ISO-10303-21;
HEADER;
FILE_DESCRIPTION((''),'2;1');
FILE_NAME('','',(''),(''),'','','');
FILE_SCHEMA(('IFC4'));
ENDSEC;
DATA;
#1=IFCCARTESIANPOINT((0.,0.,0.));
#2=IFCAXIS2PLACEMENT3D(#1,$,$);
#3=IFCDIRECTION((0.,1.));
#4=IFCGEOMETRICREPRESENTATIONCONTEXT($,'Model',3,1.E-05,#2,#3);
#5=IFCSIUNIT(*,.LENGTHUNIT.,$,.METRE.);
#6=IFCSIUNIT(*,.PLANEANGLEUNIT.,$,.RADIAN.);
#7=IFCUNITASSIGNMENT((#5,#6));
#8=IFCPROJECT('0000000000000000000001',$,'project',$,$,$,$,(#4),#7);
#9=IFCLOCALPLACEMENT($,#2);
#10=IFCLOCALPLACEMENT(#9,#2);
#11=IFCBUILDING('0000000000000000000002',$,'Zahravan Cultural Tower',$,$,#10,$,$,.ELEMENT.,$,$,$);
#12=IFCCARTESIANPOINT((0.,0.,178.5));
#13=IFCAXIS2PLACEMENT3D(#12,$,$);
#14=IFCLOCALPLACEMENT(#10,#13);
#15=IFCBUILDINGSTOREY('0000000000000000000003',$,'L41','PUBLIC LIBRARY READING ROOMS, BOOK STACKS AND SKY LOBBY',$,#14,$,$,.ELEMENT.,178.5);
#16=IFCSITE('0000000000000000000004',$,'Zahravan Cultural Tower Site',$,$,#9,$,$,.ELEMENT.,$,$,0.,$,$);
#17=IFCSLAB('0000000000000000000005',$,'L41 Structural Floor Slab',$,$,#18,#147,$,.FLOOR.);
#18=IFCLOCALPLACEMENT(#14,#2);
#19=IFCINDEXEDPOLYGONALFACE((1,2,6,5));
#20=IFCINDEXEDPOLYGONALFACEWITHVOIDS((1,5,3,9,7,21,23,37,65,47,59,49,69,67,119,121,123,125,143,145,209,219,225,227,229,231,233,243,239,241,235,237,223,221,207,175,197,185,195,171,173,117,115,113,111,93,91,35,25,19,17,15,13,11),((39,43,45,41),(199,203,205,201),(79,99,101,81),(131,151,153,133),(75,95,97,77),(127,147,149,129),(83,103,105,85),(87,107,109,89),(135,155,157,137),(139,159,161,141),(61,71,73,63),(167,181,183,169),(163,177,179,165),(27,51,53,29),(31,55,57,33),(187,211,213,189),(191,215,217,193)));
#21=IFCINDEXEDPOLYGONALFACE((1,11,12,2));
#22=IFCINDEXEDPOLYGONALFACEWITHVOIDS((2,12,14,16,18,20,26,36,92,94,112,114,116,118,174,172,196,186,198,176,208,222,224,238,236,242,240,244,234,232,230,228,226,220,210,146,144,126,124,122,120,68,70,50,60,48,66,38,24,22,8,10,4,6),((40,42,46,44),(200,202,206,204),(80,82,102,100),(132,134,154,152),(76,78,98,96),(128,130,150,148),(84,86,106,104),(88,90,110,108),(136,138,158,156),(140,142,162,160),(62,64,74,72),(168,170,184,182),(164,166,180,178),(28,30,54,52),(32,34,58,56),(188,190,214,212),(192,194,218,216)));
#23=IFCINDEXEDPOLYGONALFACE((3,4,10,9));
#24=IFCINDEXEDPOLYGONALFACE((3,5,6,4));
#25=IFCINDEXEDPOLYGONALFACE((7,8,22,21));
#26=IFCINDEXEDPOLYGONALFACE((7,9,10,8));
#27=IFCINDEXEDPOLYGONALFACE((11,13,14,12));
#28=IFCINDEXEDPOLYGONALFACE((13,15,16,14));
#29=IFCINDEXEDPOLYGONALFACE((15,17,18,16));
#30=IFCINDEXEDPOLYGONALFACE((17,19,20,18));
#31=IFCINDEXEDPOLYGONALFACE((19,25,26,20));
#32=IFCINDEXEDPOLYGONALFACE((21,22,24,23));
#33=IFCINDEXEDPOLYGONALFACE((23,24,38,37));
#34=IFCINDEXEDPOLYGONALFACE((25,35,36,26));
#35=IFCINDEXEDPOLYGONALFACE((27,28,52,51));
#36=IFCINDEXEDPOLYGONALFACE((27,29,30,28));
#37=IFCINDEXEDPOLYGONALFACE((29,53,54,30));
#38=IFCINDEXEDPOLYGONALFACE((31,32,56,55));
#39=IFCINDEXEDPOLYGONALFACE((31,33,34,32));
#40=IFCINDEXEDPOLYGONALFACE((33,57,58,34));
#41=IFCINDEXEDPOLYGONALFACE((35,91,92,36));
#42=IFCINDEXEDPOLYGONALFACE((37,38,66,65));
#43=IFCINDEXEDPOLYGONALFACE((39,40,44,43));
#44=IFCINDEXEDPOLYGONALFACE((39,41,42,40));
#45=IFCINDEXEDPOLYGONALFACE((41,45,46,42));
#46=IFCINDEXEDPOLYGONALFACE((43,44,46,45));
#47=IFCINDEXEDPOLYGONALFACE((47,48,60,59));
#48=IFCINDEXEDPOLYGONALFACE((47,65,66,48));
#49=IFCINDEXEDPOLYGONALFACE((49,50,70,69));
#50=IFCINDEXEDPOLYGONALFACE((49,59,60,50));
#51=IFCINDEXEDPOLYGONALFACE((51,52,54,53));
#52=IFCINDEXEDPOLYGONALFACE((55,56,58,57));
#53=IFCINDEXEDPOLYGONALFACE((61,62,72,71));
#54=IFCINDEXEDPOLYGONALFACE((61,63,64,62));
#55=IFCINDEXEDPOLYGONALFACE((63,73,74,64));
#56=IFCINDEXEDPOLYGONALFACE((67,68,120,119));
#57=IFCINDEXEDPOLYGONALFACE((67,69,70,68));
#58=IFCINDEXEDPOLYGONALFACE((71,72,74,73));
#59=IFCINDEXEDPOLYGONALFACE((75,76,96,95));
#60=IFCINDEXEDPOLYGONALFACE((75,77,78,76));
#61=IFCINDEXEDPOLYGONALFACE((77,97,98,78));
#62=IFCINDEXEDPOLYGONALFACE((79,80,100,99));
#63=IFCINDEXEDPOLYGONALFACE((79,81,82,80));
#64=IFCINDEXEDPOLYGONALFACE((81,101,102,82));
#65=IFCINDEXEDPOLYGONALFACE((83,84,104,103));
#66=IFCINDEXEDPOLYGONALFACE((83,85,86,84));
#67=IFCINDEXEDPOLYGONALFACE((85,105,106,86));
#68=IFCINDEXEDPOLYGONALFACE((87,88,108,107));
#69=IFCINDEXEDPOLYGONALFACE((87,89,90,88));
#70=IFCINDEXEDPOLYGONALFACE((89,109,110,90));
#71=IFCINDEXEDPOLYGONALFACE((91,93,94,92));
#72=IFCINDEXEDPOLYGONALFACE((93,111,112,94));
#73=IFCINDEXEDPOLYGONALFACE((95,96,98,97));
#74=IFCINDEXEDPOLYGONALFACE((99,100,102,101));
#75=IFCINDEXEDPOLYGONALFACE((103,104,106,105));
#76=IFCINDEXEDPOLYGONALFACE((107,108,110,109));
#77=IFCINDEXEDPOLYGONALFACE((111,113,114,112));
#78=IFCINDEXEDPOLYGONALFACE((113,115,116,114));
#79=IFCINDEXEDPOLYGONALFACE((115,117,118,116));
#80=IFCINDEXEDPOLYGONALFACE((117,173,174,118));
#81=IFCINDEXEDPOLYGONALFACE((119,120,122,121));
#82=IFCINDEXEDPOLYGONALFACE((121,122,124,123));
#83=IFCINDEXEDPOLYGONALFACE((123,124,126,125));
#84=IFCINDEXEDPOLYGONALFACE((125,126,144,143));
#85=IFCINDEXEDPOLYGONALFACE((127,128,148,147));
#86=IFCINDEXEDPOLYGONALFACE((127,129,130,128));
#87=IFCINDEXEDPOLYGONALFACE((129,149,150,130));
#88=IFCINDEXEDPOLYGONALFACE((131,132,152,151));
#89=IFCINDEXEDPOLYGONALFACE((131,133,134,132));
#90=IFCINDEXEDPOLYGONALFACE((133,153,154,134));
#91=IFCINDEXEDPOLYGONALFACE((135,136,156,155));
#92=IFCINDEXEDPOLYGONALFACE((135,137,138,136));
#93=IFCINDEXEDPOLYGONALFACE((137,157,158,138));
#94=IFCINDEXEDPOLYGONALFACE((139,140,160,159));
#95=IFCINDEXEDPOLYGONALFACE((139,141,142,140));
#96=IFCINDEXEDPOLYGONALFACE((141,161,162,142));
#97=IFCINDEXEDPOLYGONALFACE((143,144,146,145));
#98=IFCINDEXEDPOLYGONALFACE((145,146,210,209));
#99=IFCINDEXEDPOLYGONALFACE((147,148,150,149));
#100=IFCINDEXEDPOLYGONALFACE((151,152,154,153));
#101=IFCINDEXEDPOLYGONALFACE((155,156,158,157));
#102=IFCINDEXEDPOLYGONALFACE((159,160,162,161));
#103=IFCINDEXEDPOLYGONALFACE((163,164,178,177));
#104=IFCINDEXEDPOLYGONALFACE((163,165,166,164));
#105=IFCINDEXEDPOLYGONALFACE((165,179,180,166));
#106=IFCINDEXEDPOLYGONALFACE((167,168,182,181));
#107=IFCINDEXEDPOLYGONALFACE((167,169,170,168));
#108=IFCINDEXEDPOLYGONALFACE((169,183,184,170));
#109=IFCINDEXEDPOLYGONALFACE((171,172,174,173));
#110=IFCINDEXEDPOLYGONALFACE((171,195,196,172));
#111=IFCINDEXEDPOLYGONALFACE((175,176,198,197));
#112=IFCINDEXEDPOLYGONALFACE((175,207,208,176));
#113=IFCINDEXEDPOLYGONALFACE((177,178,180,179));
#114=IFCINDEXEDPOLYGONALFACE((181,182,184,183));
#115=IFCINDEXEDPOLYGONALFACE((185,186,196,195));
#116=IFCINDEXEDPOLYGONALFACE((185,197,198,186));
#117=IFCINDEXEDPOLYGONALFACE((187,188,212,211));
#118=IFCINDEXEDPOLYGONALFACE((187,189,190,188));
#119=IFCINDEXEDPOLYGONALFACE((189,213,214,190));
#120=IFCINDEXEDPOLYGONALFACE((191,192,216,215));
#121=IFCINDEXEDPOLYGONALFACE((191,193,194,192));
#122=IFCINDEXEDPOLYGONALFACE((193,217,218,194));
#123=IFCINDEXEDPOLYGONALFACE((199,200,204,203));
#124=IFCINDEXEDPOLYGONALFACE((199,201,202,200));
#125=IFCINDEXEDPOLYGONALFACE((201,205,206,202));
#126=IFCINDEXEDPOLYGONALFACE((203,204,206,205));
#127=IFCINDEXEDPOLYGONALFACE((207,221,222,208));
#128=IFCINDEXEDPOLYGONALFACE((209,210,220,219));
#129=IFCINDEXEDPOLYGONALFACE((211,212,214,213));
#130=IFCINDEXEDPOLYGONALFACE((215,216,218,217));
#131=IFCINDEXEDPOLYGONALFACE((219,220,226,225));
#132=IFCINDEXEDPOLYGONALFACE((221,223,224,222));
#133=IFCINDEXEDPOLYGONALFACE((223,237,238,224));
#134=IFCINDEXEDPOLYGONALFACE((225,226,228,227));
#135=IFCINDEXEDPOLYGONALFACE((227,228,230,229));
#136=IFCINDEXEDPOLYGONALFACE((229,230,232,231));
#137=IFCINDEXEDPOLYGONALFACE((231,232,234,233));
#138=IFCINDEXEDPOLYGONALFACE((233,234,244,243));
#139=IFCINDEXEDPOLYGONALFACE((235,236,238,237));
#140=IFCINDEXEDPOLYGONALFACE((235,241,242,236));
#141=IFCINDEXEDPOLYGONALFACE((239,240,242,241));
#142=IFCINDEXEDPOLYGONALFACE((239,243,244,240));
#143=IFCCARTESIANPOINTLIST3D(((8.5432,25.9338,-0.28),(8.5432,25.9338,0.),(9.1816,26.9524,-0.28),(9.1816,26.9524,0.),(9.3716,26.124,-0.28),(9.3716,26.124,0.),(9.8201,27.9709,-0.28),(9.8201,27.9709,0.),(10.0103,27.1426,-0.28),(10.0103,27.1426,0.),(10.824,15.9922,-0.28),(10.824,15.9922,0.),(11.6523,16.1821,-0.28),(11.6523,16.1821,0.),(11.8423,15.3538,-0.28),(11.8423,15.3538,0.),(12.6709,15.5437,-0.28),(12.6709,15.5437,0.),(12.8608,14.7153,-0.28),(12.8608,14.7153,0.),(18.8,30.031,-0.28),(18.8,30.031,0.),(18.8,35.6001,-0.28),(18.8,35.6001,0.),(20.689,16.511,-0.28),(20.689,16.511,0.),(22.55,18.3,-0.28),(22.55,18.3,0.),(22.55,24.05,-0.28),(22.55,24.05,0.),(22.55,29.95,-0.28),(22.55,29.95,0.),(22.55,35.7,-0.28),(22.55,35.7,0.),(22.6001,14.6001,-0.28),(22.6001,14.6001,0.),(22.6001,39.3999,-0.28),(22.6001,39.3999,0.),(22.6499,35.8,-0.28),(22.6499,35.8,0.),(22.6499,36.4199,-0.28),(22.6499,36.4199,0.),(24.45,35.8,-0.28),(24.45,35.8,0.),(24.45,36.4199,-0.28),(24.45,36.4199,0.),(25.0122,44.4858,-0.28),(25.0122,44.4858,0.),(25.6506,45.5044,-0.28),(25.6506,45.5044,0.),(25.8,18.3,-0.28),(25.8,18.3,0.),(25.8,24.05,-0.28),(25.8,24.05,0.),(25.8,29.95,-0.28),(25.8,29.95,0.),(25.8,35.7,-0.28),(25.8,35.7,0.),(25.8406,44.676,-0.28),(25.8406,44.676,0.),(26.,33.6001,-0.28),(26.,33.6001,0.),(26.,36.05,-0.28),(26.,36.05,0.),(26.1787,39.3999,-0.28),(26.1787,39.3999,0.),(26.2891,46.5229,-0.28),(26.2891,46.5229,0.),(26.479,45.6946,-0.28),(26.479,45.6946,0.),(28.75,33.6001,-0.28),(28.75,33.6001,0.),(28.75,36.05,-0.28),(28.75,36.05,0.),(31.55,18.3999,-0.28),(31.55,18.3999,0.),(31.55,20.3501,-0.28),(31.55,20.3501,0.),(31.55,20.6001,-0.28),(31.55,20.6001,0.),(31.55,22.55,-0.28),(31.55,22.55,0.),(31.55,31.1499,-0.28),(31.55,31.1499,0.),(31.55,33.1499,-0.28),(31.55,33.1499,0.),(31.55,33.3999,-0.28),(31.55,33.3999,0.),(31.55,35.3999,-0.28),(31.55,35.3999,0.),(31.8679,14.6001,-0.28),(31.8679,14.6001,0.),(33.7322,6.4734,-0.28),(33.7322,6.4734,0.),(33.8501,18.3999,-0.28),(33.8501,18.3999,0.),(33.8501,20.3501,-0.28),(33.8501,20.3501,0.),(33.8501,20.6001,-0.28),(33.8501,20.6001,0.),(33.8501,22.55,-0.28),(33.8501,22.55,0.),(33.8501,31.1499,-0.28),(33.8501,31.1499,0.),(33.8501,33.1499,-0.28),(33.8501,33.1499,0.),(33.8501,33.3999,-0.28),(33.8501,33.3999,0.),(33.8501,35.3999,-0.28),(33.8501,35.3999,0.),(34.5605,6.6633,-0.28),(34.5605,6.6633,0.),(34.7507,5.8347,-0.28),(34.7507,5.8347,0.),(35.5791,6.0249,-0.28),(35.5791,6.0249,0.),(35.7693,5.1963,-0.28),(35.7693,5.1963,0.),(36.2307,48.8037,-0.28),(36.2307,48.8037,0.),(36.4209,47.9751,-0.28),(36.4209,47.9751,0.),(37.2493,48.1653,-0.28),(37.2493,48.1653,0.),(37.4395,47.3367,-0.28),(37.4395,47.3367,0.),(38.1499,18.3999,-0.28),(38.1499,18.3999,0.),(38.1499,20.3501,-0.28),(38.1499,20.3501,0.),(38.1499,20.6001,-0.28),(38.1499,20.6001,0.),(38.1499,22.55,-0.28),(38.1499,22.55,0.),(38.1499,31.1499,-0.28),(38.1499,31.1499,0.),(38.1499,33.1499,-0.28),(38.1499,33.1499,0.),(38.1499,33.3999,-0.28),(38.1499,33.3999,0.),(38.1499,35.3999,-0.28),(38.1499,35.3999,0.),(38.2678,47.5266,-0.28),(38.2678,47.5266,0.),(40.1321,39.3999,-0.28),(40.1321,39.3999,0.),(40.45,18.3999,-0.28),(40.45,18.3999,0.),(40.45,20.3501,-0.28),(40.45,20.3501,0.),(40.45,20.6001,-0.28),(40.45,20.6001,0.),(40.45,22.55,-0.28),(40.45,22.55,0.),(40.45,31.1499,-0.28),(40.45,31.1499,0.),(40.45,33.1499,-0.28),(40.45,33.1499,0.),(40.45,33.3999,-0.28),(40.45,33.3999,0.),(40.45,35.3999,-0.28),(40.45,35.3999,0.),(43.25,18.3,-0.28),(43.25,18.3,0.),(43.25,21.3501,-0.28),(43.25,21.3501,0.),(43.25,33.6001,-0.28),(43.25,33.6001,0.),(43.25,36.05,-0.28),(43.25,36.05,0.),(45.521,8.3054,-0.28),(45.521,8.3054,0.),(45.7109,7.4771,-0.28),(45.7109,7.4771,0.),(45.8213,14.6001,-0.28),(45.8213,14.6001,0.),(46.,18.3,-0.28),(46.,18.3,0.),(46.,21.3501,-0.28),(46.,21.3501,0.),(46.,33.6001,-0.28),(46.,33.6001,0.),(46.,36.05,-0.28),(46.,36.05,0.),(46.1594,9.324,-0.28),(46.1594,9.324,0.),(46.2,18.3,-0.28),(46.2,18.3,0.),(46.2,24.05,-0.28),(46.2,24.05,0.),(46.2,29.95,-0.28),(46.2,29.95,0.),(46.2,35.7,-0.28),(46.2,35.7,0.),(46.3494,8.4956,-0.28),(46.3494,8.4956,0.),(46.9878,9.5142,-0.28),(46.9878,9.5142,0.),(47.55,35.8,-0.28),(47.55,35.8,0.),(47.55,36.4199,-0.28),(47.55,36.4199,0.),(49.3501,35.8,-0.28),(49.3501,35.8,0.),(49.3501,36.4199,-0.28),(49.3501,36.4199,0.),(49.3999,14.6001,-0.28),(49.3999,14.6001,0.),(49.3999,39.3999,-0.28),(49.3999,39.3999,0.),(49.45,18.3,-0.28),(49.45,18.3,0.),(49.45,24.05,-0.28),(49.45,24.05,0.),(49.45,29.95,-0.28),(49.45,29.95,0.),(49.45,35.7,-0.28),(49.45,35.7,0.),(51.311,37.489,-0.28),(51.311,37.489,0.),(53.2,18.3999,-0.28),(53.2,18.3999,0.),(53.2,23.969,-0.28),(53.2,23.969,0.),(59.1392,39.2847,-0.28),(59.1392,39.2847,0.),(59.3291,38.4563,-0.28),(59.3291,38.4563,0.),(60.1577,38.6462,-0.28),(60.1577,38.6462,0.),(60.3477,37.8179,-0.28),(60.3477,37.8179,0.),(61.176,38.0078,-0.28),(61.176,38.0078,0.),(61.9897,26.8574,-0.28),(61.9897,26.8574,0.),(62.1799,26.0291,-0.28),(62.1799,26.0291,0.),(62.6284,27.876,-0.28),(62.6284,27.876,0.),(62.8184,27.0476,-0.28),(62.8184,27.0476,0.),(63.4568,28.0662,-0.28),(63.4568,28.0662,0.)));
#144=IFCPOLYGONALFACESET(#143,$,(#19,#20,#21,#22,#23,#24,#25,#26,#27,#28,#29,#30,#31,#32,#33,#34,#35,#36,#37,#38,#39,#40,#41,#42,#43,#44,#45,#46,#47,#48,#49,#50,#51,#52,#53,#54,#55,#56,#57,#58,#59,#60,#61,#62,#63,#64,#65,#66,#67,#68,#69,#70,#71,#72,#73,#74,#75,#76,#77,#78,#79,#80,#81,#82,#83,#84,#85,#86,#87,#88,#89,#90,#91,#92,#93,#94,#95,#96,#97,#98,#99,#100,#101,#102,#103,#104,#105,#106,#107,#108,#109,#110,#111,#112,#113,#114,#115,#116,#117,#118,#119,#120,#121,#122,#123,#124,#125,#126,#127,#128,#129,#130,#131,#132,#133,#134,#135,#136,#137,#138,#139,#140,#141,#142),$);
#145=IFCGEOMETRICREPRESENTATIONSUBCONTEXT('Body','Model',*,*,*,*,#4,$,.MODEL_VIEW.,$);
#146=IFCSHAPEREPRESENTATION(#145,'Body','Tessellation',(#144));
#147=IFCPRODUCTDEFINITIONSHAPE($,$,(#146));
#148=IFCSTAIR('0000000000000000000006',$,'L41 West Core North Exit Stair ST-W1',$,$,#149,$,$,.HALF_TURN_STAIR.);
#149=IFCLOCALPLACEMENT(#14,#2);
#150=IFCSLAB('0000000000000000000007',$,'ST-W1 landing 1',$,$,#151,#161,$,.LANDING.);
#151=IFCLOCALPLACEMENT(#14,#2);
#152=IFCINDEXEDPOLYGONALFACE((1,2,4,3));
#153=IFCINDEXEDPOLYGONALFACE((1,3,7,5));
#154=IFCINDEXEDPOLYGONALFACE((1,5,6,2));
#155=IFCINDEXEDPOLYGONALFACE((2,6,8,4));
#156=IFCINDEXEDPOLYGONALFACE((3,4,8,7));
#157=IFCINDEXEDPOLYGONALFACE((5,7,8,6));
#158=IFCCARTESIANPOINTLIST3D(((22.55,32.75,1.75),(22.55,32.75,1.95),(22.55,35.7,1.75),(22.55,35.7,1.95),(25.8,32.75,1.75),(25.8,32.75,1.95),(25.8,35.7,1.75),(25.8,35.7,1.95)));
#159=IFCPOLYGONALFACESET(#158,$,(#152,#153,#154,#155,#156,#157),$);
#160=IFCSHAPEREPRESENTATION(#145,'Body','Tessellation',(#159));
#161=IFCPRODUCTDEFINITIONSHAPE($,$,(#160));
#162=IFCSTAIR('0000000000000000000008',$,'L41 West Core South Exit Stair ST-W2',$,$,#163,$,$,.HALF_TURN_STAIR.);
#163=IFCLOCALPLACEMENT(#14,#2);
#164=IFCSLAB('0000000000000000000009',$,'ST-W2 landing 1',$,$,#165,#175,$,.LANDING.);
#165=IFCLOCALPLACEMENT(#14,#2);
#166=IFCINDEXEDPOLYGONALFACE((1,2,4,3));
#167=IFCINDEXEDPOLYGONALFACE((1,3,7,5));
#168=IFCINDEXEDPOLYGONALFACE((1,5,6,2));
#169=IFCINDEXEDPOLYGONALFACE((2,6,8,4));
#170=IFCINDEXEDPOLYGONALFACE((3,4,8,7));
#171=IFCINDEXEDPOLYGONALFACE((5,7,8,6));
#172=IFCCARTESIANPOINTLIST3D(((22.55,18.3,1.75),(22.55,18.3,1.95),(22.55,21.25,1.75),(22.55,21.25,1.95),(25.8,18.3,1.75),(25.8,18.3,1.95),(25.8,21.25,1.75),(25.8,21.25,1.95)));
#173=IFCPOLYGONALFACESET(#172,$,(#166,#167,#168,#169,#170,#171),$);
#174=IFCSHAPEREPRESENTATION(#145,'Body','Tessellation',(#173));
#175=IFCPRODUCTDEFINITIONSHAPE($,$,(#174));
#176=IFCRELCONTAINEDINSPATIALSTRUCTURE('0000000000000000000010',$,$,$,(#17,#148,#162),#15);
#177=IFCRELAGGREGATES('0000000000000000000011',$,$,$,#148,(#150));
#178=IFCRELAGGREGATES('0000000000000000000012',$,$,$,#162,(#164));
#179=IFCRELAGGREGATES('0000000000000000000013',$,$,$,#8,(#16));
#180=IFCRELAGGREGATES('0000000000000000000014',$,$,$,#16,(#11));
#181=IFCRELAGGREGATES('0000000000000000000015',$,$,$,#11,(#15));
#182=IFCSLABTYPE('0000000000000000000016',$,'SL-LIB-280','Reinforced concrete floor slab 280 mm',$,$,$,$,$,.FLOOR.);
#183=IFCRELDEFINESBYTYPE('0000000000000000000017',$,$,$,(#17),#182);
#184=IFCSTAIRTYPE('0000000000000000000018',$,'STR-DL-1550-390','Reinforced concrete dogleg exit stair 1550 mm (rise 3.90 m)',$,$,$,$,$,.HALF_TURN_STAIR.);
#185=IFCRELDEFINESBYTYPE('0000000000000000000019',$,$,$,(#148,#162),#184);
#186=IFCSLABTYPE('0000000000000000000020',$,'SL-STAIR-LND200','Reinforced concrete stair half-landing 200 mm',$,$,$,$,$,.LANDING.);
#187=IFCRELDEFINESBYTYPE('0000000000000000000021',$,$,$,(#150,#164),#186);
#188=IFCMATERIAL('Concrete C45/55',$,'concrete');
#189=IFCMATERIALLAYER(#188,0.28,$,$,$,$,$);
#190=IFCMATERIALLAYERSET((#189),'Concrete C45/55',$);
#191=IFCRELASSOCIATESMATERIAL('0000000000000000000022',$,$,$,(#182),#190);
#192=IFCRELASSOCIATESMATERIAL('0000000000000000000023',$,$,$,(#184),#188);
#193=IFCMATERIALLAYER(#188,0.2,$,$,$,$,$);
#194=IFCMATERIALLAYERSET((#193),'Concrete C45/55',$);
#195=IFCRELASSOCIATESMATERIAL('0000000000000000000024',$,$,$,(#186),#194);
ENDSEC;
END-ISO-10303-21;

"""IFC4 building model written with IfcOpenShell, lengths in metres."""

from ifc_helpers import new_model, si_unit, direction, frame, origin, place, context, subcontext, project, spatial, polyline, outline, extrude, material, layer, layer_set, type_object, element, aggregate, save


model = new_model("IFC4")

# Units and contexts
model_context = context("Model", 3, precision=1e-05, world=origin(), true_north=direction((0.0, 1.0)))
body_context = subcontext(model_context, "Body", "Model", "MODEL_VIEW")
ifc_project = project(units=[si_unit("LENGTHUNIT", "METRE"), si_unit("PLANEANGLEUNIT", "RADIAN")], contexts=[model_context])

# Site, building, storey
site_placement = place(None, origin())
site = spatial("IfcSite", under=ifc_project, at=site_placement, Name="Zahravan Cultural Tower Site", CompositionType="ELEMENT", RefElevation=0.0)
building_placement = place(site_placement, origin())
building = spatial("IfcBuilding", under=site, at=building_placement, Name="Zahravan Cultural Tower", CompositionType="ELEMENT")
storey_placement = place(building_placement, frame((0.0, 0.0, 178.5)))
storey = spatial("IfcBuildingStorey", under=building, at=storey_placement, Name="L41", Description="PUBLIC LIBRARY READING ROOMS, BOOK STACKS AND SKY LOBBY", CompositionType="ELEMENT", Elevation=178.5)

# Slab
ifc_material_1 = material(Name="Concrete C45/55", Category="concrete")
ifc_layer_1 = layer(ifc_material_1, 0.28)
ifc_layer_set_1 = layer_set([ifc_layer_1], Name="Concrete C45/55")
slab_type_1 = type_object("IfcSlabType", Name="SL-LIB-280", Description="Reinforced concrete floor slab 280 mm", PredefinedType="FLOOR", material=ifc_layer_set_1)
slab_1_placement = place(storey_placement, frame((0.0, 0.0, -0.28)))
element("IfcSlab", 1, at=slab_1_placement, inside=storey, type_object=slab_type_1, Name="L41 Structural Floor Slab", PredefinedType="FLOOR", context=body_context, shape_type="SweptSolid", body=[
    extrude(outline(polyline([(51.311, 37.489), (49.3999, 39.3999), (40.1321, 39.3999), (38.2678, 47.5266), (37.4395, 47.3367), (37.2493, 48.1653), (36.4209, 47.9751), (36.2307, 48.8037), (26.2891, 46.5229), (26.479, 45.6946), (25.6506, 45.5044), (25.8406, 44.676), (25.0122, 44.4858), (26.1787, 39.3999), (22.6001, 39.3999), (18.8, 35.6001), (18.8, 30.031), (9.8201, 27.9709), (10.0103, 27.1426), (9.1816, 26.9524), (9.3716, 26.124), (8.5432, 25.9338), (10.824, 15.9922), (11.6523, 16.1821), (11.8423, 15.3538), (12.6709, 15.5437), (12.8608, 14.7153), (20.689, 16.511), (22.6001, 14.6001), (31.8679, 14.6001), (33.7322, 6.4734), (34.5605, 6.6633), (34.7507, 5.8347), (35.5791, 6.0249), (35.7693, 5.1963), (45.7109, 7.4771), (45.521, 8.3054), (46.3494, 8.4956), (46.1594, 9.324), (46.9878, 9.5142), (45.8213, 14.6001), (49.3999, 14.6001), (53.2, 18.3999), (53.2, 23.969), (62.1799, 26.0291), (61.9897, 26.8574), (62.8184, 27.0476), (62.6284, 27.876), (63.4568, 28.0662), (61.176, 38.0078), (60.3477, 37.8179), (60.1577, 38.6462), (59.3291, 38.4563), (59.1392, 39.2847), (51.311, 37.489)]), holes=[polyline([(22.55, 29.95), (22.55, 35.7), (25.8, 35.7), (25.8, 29.95), (22.55, 29.95)]), polyline([(22.55, 18.3), (22.55, 24.05), (25.8, 24.05), (25.8, 18.3), (22.55, 18.3)]), polyline([(46.2, 29.95), (46.2, 35.7), (49.45, 35.7), (49.45, 29.95), (46.2, 29.95)]), polyline([(46.2, 18.3), (46.2, 24.05), (49.45, 24.05), (49.45, 18.3), (46.2, 18.3)]), polyline([(26.0, 33.6001), (26.0, 36.05), (28.75, 36.05), (28.75, 33.6001), (26.0, 33.6001)]), polyline([(43.25, 33.6001), (43.25, 36.05), (46.0, 36.05), (46.0, 33.6001), (43.25, 33.6001)]), polyline([(43.25, 18.3), (43.25, 21.3501), (46.0, 21.3501), (46.0, 18.3), (43.25, 18.3)]), polyline([(31.55, 33.3999), (31.55, 35.3999), (33.8501, 35.3999), (33.8501, 33.3999), (31.55, 33.3999)]), polyline([(31.55, 31.1499), (31.55, 33.1499), (33.8501, 33.1499), (33.8501, 31.1499), (31.55, 31.1499)]), polyline([(38.1499, 33.3999), (38.1499, 35.3999), (40.45, 35.3999), (40.45, 33.3999), (38.1499, 33.3999)]), polyline([(38.1499, 31.1499), (38.1499, 33.1499), (40.45, 33.1499), (40.45, 31.1499), (38.1499, 31.1499)]), polyline([(31.55, 20.6001), (31.55, 22.55), (33.8501, 22.55), (33.8501, 20.6001), (31.55, 20.6001)]), polyline([(31.55, 18.3999), (31.55, 20.3501), (33.8501, 20.3501), (33.8501, 18.3999), (31.55, 18.3999)]), polyline([(38.1499, 20.6001), (38.1499, 22.55), (40.45, 22.55), (40.45, 20.6001), (38.1499, 20.6001)]), polyline([(38.1499, 18.3999), (38.1499, 20.3501), (40.45, 20.3501), (40.45, 18.3999), (38.1499, 18.3999)]), polyline([(22.6499, 35.8), (22.6499, 36.4199), (24.45, 36.4199), (24.45, 35.8), (22.6499, 35.8)]), polyline([(47.55, 35.8), (47.55, 36.4199), (49.3501, 36.4199), (49.3501, 35.8), (47.55, 35.8)])]), origin(), (0.0, 0.0, 1.0), 0.28),
])

# Stairs, slabs
stair_type = type_object("IfcStairType", Name="STR-DL-1550-390", Description="Reinforced concrete dogleg exit stair 1550 mm (rise 3.90 m)", PredefinedType="HALF_TURN_STAIR", material=ifc_material_1)
stair_1_placement = place(storey_placement, origin())
stair_1 = element("IfcStair", 2, at=stair_1_placement, inside=storey, type_object=stair_type, Name="L41 West Core North Exit Stair ST-W1", PredefinedType="HALF_TURN_STAIR")
ifc_layer_2 = layer(ifc_material_1, 0.2)
ifc_layer_set_2 = layer_set([ifc_layer_2], Name="Concrete C45/55")
slab_type_2 = type_object("IfcSlabType", Name="SL-STAIR-LND200", Description="Reinforced concrete stair half-landing 200 mm", PredefinedType="LANDING", material=ifc_layer_set_2)
slab_2_placement = place(storey_placement, frame((0.0, 0.0, 1.75)))
slab_2 = element("IfcSlab", 3, at=slab_2_placement, type_object=slab_type_2, Name="ST-W1 landing 1", PredefinedType="LANDING", context=body_context, shape_type="SweptSolid", body=[
    extrude(outline(polyline([(25.8, 32.75), (25.8, 35.7), (22.55, 35.7), (22.55, 32.75), (25.8, 32.75)])), origin(), (0.0, 0.0, 1.0), 0.2),
])
aggregate(stair_1, [slab_2])
stair_2_placement = place(storey_placement, origin())
stair_2 = element("IfcStair", 4, at=stair_2_placement, inside=storey, type_object=stair_type, Name="L41 West Core South Exit Stair ST-W2", PredefinedType="HALF_TURN_STAIR")
slab_3_placement = place(storey_placement, frame((0.0, 0.0, 1.75)))
slab_3 = element("IfcSlab", 5, at=slab_3_placement, type_object=slab_type_2, Name="ST-W2 landing 1", PredefinedType="LANDING", context=body_context, shape_type="SweptSolid", body=[
    extrude(outline(polyline([(22.55, 21.25), (22.55, 18.3), (25.8, 18.3), (25.8, 21.25), (22.55, 21.25)])), origin(), (0.0, 0.0, 1.0), 0.2),
])
aggregate(stair_2, [slab_3])

save(model, "model.ifc")
